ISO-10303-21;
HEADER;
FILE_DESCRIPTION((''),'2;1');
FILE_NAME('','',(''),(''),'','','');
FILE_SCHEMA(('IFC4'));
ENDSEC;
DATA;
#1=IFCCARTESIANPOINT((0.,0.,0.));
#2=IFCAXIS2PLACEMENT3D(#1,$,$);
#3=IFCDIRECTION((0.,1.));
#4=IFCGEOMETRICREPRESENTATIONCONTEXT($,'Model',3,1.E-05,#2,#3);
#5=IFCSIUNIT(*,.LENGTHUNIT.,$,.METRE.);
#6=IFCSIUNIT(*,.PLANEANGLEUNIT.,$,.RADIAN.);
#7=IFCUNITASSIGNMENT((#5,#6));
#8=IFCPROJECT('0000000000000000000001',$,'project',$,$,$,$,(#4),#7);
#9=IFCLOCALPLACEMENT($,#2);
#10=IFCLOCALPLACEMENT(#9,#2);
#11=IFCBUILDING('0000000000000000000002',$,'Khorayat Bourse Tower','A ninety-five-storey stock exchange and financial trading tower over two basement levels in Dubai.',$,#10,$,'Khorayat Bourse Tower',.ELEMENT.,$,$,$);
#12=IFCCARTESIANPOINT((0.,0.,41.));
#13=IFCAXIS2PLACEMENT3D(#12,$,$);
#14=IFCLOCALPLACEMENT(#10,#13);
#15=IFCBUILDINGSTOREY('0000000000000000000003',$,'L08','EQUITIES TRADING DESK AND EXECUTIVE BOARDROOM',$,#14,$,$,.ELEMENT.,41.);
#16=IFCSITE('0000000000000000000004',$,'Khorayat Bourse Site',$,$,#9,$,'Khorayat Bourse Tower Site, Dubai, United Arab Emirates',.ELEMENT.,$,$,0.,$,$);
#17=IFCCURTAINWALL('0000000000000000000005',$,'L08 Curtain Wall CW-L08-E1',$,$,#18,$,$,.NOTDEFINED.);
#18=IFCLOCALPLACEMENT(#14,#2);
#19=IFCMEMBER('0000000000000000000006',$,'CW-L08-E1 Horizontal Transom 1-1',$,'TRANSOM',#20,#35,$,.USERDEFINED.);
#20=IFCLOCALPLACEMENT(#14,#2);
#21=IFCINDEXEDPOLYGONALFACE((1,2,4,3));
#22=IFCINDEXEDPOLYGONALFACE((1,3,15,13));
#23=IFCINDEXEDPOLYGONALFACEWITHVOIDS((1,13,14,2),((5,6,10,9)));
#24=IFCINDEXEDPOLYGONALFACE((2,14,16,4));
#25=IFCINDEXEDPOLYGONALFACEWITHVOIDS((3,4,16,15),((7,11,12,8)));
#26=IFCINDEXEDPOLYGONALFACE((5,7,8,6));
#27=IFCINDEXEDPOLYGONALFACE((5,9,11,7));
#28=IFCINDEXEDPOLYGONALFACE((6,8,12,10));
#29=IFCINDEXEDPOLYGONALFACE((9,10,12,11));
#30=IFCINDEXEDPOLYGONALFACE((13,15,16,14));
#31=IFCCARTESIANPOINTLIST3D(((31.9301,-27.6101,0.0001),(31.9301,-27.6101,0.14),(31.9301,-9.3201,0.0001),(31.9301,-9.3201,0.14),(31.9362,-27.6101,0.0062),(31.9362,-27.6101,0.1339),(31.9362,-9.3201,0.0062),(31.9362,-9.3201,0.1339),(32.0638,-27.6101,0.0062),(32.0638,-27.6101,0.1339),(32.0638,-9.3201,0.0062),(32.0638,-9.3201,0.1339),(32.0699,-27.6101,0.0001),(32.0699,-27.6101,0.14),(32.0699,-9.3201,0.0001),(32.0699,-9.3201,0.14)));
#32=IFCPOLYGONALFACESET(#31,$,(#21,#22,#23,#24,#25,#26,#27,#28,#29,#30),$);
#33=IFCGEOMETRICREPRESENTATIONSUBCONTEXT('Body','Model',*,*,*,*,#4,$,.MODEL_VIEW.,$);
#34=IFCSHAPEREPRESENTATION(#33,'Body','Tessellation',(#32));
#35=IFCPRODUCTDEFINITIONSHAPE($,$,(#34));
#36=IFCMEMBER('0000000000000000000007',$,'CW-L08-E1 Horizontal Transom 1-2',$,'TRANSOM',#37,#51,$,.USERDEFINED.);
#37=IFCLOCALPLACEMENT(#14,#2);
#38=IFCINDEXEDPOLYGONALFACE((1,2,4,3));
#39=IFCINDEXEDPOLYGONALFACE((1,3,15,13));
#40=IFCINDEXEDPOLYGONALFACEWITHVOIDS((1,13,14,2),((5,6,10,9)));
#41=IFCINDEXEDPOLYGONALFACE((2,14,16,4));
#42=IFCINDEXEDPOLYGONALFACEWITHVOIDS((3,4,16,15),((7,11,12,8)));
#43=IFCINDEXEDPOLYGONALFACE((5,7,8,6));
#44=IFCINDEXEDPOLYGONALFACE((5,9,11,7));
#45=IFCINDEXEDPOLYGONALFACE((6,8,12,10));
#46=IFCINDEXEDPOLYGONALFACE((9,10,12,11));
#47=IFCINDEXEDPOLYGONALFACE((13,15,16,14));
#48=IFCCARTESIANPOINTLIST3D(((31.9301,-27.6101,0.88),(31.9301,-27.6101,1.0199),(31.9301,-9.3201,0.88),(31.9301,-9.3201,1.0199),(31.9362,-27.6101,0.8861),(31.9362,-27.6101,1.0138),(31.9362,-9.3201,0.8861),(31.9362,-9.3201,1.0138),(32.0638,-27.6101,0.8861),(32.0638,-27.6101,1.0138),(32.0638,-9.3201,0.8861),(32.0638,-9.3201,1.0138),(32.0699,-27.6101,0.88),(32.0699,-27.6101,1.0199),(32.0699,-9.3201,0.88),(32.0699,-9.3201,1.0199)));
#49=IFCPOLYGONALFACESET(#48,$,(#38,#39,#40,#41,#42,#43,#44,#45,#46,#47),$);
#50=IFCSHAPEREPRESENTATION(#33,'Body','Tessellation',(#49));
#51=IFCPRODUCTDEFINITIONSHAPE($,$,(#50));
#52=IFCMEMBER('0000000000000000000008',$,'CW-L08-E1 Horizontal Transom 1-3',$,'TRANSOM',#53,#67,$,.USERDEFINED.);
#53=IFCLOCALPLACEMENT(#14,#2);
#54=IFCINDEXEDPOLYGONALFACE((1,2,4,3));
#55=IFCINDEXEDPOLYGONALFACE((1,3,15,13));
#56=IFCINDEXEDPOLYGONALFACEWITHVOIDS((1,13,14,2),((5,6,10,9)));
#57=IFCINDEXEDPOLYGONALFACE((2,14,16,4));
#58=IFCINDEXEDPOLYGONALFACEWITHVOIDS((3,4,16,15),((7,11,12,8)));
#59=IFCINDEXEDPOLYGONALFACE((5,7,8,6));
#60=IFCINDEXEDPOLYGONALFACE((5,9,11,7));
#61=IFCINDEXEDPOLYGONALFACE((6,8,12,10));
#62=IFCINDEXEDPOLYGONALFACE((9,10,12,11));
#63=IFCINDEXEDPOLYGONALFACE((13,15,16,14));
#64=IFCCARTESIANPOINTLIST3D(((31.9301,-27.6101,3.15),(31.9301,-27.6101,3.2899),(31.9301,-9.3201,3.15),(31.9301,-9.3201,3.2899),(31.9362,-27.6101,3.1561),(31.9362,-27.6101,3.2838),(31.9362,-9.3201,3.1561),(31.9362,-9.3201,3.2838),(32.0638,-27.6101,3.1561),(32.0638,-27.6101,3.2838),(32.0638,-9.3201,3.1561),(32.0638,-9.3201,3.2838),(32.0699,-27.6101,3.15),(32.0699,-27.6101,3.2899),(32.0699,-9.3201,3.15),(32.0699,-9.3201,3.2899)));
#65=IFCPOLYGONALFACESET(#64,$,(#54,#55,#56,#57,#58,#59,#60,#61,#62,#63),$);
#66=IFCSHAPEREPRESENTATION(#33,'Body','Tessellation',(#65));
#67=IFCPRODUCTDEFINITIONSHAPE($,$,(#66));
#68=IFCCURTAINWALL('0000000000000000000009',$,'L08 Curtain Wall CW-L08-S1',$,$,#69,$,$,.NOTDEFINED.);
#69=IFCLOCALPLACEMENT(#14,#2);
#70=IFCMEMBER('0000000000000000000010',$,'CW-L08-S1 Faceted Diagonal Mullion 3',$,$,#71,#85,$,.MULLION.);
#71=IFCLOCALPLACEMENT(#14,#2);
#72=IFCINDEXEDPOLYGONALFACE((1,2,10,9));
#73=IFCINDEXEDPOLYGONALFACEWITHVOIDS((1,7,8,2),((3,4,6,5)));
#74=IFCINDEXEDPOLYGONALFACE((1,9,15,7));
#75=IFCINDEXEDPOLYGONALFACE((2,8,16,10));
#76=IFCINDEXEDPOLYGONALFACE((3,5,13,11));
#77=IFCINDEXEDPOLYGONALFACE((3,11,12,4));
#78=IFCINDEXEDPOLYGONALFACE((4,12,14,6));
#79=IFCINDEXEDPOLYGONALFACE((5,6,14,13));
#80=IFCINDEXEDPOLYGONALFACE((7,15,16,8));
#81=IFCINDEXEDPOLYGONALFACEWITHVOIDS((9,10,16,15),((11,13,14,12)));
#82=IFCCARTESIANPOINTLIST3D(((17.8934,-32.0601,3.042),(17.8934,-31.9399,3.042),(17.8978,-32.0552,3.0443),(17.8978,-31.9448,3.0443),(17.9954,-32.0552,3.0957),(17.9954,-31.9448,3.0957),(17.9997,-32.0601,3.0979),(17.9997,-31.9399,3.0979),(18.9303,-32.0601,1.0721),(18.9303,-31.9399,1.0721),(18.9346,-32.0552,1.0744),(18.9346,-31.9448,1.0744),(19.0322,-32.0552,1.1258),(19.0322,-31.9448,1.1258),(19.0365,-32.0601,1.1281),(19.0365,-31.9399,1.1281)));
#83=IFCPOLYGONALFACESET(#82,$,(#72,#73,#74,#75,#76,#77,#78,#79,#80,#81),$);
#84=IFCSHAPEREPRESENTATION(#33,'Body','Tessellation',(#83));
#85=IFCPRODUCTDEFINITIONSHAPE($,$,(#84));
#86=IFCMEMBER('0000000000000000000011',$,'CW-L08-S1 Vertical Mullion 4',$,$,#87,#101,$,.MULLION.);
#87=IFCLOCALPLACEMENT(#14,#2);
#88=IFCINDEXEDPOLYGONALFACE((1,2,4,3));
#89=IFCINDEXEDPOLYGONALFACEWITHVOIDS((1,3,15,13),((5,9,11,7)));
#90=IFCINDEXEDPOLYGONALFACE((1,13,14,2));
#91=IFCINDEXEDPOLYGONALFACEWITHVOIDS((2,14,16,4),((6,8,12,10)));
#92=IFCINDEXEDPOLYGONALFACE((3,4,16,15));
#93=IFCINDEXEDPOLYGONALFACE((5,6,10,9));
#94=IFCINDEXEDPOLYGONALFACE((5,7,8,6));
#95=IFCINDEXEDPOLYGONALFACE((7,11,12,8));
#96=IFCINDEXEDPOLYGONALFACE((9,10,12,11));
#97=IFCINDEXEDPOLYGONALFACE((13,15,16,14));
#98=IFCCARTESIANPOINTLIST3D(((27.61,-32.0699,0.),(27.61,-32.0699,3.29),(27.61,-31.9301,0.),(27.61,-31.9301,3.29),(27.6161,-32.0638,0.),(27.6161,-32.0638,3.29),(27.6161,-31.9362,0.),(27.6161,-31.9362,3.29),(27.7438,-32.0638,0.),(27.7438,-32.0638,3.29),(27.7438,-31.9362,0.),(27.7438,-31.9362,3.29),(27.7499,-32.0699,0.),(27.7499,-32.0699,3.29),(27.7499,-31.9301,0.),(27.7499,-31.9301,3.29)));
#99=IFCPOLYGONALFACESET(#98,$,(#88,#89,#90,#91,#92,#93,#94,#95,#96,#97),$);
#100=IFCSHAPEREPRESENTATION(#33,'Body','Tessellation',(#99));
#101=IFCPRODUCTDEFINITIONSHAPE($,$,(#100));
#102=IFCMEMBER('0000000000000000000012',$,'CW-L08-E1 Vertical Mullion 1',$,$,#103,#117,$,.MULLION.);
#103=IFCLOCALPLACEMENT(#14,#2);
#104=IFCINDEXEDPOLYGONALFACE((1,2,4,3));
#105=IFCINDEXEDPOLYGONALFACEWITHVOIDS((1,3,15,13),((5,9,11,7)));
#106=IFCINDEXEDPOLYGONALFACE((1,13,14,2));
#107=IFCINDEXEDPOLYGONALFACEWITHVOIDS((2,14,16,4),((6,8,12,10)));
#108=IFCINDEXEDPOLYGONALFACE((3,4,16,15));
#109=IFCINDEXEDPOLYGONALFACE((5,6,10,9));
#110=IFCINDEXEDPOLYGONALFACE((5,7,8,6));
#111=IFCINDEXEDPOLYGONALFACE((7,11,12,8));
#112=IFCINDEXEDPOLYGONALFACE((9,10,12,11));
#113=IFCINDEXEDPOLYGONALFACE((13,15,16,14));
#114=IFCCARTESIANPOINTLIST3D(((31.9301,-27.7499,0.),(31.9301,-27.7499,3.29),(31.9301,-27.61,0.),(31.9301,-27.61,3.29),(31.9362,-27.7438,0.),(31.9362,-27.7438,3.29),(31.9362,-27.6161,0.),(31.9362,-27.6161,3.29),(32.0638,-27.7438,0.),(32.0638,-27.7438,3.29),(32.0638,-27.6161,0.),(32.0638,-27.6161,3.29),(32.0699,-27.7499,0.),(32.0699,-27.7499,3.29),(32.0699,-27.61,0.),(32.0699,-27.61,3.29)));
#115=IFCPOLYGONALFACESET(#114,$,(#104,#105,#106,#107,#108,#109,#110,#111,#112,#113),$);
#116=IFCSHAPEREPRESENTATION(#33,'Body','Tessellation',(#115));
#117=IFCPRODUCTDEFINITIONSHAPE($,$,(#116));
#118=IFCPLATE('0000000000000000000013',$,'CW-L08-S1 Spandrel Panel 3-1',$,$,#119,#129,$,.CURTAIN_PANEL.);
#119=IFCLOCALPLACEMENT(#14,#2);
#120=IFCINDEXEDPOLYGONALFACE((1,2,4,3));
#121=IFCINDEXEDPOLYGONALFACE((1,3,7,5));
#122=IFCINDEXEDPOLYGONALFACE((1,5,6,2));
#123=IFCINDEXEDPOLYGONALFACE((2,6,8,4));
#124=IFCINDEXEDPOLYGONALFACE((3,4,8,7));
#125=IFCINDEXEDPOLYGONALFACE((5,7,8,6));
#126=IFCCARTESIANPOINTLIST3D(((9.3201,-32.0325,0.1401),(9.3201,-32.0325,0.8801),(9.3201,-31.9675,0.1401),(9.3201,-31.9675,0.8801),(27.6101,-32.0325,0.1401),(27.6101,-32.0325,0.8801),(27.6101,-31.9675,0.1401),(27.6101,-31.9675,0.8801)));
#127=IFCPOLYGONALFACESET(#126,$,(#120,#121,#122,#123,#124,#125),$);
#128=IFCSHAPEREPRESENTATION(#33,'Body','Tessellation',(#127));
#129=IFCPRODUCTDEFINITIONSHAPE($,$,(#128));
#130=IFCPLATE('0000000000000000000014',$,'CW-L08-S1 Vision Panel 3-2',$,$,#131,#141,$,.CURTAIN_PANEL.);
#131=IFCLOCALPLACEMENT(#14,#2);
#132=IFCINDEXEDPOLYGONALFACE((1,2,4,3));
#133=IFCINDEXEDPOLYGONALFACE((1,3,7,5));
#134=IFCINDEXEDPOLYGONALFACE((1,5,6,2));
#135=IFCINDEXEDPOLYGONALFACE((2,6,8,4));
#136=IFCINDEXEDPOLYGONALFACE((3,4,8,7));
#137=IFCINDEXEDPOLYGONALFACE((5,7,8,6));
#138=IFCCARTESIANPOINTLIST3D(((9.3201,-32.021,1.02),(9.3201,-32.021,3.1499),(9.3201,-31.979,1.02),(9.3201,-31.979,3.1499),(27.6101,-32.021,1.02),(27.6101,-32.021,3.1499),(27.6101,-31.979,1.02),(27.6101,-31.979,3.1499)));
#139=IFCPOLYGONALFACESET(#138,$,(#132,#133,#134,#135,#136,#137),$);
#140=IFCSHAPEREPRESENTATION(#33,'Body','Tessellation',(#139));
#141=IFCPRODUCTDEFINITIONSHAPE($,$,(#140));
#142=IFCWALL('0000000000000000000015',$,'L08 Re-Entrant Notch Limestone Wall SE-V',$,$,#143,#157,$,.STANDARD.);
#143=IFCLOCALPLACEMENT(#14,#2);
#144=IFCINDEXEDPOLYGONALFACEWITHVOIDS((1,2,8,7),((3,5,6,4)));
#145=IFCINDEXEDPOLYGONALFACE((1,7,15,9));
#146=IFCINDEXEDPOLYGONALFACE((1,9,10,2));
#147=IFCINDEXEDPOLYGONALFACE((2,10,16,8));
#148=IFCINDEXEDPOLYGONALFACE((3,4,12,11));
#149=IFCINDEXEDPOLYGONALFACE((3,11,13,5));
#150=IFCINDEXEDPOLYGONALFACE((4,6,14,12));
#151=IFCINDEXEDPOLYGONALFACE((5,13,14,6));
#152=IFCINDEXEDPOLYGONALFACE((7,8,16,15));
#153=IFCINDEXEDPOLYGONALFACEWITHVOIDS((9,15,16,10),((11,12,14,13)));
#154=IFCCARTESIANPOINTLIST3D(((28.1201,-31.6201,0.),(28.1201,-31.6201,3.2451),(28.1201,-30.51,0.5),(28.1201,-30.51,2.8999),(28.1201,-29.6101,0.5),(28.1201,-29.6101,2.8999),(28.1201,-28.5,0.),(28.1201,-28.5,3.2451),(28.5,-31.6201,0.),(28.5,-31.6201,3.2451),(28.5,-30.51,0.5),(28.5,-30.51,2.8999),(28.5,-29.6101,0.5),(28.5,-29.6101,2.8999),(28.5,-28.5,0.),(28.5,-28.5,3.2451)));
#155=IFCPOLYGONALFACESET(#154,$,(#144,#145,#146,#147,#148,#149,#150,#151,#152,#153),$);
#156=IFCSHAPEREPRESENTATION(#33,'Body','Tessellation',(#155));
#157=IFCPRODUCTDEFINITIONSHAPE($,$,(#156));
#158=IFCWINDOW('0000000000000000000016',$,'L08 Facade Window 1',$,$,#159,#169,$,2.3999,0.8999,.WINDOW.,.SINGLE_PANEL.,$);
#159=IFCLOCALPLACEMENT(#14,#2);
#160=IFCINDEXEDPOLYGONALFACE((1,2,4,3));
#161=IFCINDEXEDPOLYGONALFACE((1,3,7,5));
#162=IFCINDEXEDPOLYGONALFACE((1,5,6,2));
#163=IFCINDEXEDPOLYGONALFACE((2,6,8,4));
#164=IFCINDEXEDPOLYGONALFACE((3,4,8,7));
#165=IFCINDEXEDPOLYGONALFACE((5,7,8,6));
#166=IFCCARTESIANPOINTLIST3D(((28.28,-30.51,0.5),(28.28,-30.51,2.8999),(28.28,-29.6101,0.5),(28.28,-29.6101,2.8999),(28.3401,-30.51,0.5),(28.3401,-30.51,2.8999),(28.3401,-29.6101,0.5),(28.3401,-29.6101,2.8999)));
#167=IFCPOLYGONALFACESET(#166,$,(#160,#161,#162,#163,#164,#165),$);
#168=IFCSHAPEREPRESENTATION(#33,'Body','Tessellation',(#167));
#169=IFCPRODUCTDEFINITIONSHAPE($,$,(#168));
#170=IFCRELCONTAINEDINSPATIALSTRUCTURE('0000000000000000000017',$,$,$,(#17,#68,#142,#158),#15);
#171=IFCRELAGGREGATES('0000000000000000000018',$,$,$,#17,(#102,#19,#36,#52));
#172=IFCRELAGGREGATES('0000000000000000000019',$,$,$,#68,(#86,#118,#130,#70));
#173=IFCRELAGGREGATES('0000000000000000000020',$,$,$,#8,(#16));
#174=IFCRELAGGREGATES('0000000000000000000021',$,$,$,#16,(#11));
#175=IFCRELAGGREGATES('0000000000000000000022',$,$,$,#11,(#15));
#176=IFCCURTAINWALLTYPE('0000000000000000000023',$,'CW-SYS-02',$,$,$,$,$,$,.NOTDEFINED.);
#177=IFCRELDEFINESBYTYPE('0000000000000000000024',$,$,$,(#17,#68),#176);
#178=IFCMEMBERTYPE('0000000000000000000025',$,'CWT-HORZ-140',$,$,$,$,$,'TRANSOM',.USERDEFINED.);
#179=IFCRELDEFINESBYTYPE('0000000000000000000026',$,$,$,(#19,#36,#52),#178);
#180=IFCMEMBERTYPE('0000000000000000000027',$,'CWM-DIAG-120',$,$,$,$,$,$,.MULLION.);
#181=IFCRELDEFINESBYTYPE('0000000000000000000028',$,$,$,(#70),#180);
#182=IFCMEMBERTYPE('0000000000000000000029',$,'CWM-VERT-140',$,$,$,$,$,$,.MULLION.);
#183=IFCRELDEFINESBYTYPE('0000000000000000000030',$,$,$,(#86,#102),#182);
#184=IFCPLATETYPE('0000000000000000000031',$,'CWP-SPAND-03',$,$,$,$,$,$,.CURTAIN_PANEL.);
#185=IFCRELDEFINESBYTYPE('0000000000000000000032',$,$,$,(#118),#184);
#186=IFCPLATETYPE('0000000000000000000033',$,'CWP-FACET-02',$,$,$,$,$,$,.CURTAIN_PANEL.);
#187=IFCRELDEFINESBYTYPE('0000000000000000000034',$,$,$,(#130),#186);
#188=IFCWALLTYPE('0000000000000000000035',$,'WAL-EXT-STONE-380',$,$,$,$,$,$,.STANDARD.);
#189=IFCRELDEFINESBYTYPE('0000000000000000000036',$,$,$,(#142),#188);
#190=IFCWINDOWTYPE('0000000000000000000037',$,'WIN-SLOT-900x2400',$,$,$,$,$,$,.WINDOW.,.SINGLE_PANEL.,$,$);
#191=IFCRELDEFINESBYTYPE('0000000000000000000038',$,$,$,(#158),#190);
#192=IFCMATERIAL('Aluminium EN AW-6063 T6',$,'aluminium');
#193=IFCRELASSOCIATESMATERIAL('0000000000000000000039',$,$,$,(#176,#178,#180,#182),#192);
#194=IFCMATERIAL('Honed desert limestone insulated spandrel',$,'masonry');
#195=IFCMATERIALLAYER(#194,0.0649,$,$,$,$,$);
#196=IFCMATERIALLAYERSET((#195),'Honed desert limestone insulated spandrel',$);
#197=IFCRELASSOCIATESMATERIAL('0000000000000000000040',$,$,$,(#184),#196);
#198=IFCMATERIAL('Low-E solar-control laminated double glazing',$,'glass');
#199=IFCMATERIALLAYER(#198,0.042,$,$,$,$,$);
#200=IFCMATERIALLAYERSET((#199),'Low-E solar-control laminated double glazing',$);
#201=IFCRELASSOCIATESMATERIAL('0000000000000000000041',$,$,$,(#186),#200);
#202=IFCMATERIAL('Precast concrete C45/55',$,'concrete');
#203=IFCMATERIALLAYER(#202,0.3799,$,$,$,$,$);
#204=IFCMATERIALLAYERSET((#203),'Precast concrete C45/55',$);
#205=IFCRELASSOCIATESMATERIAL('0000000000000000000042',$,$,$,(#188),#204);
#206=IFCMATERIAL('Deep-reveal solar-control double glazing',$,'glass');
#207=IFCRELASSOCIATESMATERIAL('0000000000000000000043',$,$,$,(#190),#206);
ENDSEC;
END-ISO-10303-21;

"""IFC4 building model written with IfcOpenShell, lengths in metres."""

from ifc_helpers import new_model, si_unit, direction, frame, frame_2d, origin, origin_2d, place, context, subcontext, project, spatial, rectangle, hollow_rectangle, extrude, source, transform, mapped, material, layer, layer_set, material_profile, profile_set, type_object, element, fill, aggregate, save


model = new_model("IFC4")

# Units and contexts
model_context = context("Model", 3, precision=1e-05, world=origin(), true_north=direction((0.0, 1.0)))
body_context = subcontext(model_context, "Body", "Model", "MODEL_VIEW")
ifc_project = project(units=[si_unit("LENGTHUNIT", "METRE"), si_unit("PLANEANGLEUNIT", "RADIAN")], contexts=[model_context])

# Site, building, storey
site_placement = place(None, origin())
site = spatial("IfcSite", under=ifc_project, at=site_placement, Name="Khorayat Bourse Site", LongName="Khorayat Bourse Tower Site, Dubai, United Arab Emirates", CompositionType="ELEMENT", RefElevation=0.0)
building_placement = place(site_placement, origin())
building = spatial("IfcBuilding", under=site, at=building_placement, Name="Khorayat Bourse Tower", Description="A ninety-five-storey stock exchange and financial trading tower over two basement levels in Dubai.", LongName="Khorayat Bourse Tower", CompositionType="ELEMENT")
storey_placement = place(building_placement, frame((0.0, 0.0, 41.0)))
storey = spatial("IfcBuildingStorey", under=building, at=storey_placement, Name="L08", Description="EQUITIES TRADING DESK AND EXECUTIVE BOARDROOM", CompositionType="ELEMENT", Elevation=41.0)

# Curtain walls, members
ifc_material_1 = material(Name="Aluminium EN AW-6063 T6", Category="aluminium")
curtain_wall_type = type_object("IfcCurtainWallType", Name="CW-SYS-02", PredefinedType="NOTDEFINED", material=ifc_material_1)
curtain_wall_1_placement = place(storey_placement, origin())
curtain_wall_1 = element("IfcCurtainWall", 1, at=curtain_wall_1_placement, inside=storey, type_object=curtain_wall_type, Name="L08 Curtain Wall CW-L08-E1", PredefinedType="NOTDEFINED")
ifc_material_profile_1 = material_profile(ifc_material_1, hollow_rectangle(XDim=0.1399, YDim=0.1399, WallThickness=0.0061, at=origin_2d()), Name="ALU 140x140x6")
ifc_profile_set_1 = profile_set([ifc_material_profile_1], Name="Aluminium EN AW-6063 T6")
member_type_1 = type_object("IfcMemberType", Name="CWT-HORZ-140", ElementType="TRANSOM", PredefinedType="USERDEFINED", material=ifc_profile_set_1)
shared_shape_1 = source(origin(), body_context, "Body", "SweptSolid", [
    extrude(hollow_rectangle(XDim=0.1399, YDim=0.1399, WallThickness=0.0061, at=origin_2d()), origin(), (0.0, 0.0, 1.0), 18.29),
])
member_1_placement = place(storey_placement, frame((32.0, -27.6101, 0.0701), z_axis=(0.0, 1.0, 0.0), x_axis=(-1.0, 0.0, 0.0)))
member_1 = element("IfcMember", 2, at=member_1_placement, type_object=member_type_1, Name="CW-L08-E1 Horizontal Transom 1-1", ObjectType="TRANSOM", PredefinedType="USERDEFINED", context=body_context, shape_type="MappedRepresentation", body=[
    mapped(shared_shape_1, transform((0.0, 0.0, 0.0), scale=1.0)),
])
member_2_placement = place(storey_placement, frame((32.0, -27.6101, 0.95), z_axis=(0.0, 1.0, 0.0), x_axis=(-1.0, 0.0, 0.0)))
member_2 = element("IfcMember", 3, at=member_2_placement, type_object=member_type_1, Name="CW-L08-E1 Horizontal Transom 1-2", ObjectType="TRANSOM", PredefinedType="USERDEFINED", context=body_context, shape_type="MappedRepresentation", body=[
    mapped(shared_shape_1, transform((0.0, 0.0, 0.0), scale=1.0)),
])
member_3_placement = place(storey_placement, frame((32.0, -27.6101, 3.22), z_axis=(0.0, 1.0, 0.0), x_axis=(-1.0, 0.0, 0.0)))
member_3 = element("IfcMember", 4, at=member_3_placement, type_object=member_type_1, Name="CW-L08-E1 Horizontal Transom 1-3", ObjectType="TRANSOM", PredefinedType="USERDEFINED", context=body_context, shape_type="MappedRepresentation", body=[
    mapped(shared_shape_1, transform((0.0, 0.0, 0.0), scale=1.0)),
])
curtain_wall_2_placement = place(storey_placement, origin())
curtain_wall_2 = element("IfcCurtainWall", 5, at=curtain_wall_2_placement, inside=storey, type_object=curtain_wall_type, Name="L08 Curtain Wall CW-L08-S1", PredefinedType="NOTDEFINED")
ifc_material_profile_2 = material_profile(ifc_material_1, hollow_rectangle(XDim=0.1201, YDim=0.1201, WallThickness=0.0049, at=origin_2d()), Name="ALU 120x120x5")
ifc_profile_set_2 = profile_set([ifc_material_profile_2], Name="Aluminium EN AW-6063 T6")
member_type_2 = type_object("IfcMemberType", Name="CWM-DIAG-120", PredefinedType="MULLION", material=ifc_profile_set_2)
shared_shape_2 = source(origin(), body_context, "Body", "SweptSolid", [
    extrude(hollow_rectangle(XDim=0.1201, YDim=0.1201, WallThickness=0.0049, at=origin_2d()), origin(), (0.0, 0.0, 1.0), 2.2261),
])
member_4_placement = place(storey_placement, frame((18.9834, -32.0, 1.1001), z_axis=(-0.46576, 0.0, 0.884911), x_axis=(0.0, -1.0, 0.0)))
member_4 = element("IfcMember", 6, at=member_4_placement, type_object=member_type_2, Name="CW-L08-S1 Faceted Diagonal Mullion 3", PredefinedType="MULLION", context=body_context, shape_type="MappedRepresentation", body=[
    mapped(shared_shape_2, transform((0.0, 0.0, 0.0), scale=1.0)),
])
ifc_material_profile_3 = material_profile(ifc_material_1, hollow_rectangle(XDim=0.1399, YDim=0.1399, WallThickness=0.0061, at=origin_2d()), Name="ALU 140x140x6")
ifc_profile_set_3 = profile_set([ifc_material_profile_3], Name="Aluminium EN AW-6063 T6")
member_type_3 = type_object("IfcMemberType", Name="CWM-VERT-140", PredefinedType="MULLION", material=ifc_profile_set_3)
shared_shape_3 = source(origin(), body_context, "Body", "SweptSolid", [
    extrude(hollow_rectangle(XDim=0.1399, YDim=0.1399, WallThickness=0.0061, at=origin_2d()), origin(), (0.0, 0.0, 1.0), 3.29),
])
member_5_placement = place(storey_placement, frame((27.6799, -32.0, 0.0), z_axis=(0.0, 0.0, 1.0), x_axis=(0.0, 1.0, 0.0)))
member_5 = element("IfcMember", 7, at=member_5_placement, type_object=member_type_3, Name="CW-L08-S1 Vertical Mullion 4", PredefinedType="MULLION", context=body_context, shape_type="MappedRepresentation", body=[
    mapped(shared_shape_3, transform((0.0, 0.0, 0.0), scale=1.0)),
])

# Member
member_6_placement = place(storey_placement, frame((32.0, -27.6799, 0.0), z_axis=(0.0, 0.0, 1.0), x_axis=(-1.0, 0.0, 0.0)))
member_6 = element("IfcMember", 8, at=member_6_placement, type_object=member_type_3, Name="CW-L08-E1 Vertical Mullion 1", PredefinedType="MULLION", context=body_context, shape_type="MappedRepresentation", body=[
    mapped(shared_shape_3, transform((0.0, 0.0, 0.0), scale=1.0)),
])
aggregate(curtain_wall_1, [member_6, member_1, member_2, member_3])

# Plates
ifc_material_2 = material(Name="Honed desert limestone insulated spandrel", Category="masonry")
ifc_layer_1 = layer(ifc_material_2, 0.0649)
ifc_layer_set_1 = layer_set([ifc_layer_1], Name="Honed desert limestone insulated spandrel")
plate_type_1 = type_object("IfcPlateType", Name="CWP-SPAND-03", PredefinedType="CURTAIN_PANEL", material=ifc_layer_set_1)
shared_shape_4 = source(origin(), body_context, "Body", "SweptSolid", [
    extrude(rectangle(XDim=18.29, YDim=0.0649, at=origin_2d()), origin(), (0.0, 0.0, 1.0), 0.74),
])
plate_1_placement = place(storey_placement, frame((18.4651, -32.0, 0.1401), z_axis=(0.0, 0.0, 1.0), x_axis=(1.0, 0.0, 0.0)))
plate_1 = element("IfcPlate", 9, at=plate_1_placement, type_object=plate_type_1, Name="CW-L08-S1 Spandrel Panel 3-1", PredefinedType="CURTAIN_PANEL", context=body_context, shape_type="MappedRepresentation", body=[
    mapped(shared_shape_4, transform((0.0, 0.0, 0.0), scale=1.0)),
])
ifc_material_3 = material(Name="Low-E solar-control laminated double glazing", Category="glass")
ifc_layer_2 = layer(ifc_material_3, 0.042)
ifc_layer_set_2 = layer_set([ifc_layer_2], Name="Low-E solar-control laminated double glazing")
plate_type_2 = type_object("IfcPlateType", Name="CWP-FACET-02", PredefinedType="CURTAIN_PANEL", material=ifc_layer_set_2)
shared_shape_5 = source(origin(), body_context, "Body", "SweptSolid", [
    extrude(rectangle(XDim=18.29, YDim=0.042, at=origin_2d()), origin(), (0.0, 0.0, 1.0), 2.1299),
])
plate_2_placement = place(storey_placement, frame((18.4651, -32.0, 1.02), z_axis=(0.0, 0.0, 1.0), x_axis=(1.0, 0.0, 0.0)))
plate_2 = element("IfcPlate", 10, at=plate_2_placement, type_object=plate_type_2, Name="CW-L08-S1 Vision Panel 3-2", PredefinedType="CURTAIN_PANEL", context=body_context, shape_type="MappedRepresentation", body=[
    mapped(shared_shape_5, transform((0.0, 0.0, 0.0), scale=1.0)),
])
aggregate(curtain_wall_2, [member_5, plate_1, plate_2, member_4])

# Wall, opening, window
ifc_material_4 = material(Name="Precast concrete C45/55", Category="concrete")
ifc_layer_3 = layer(ifc_material_4, 0.3799)
ifc_layer_set_3 = layer_set([ifc_layer_3], Name="Precast concrete C45/55")
wall_type_1 = type_object("IfcWallType", Name="WAL-EXT-STONE-380", PredefinedType="STANDARD", material=ifc_layer_set_3)
shared_shape_6 = source(origin(), body_context, "Body", "SweptSolid", [
    extrude(rectangle(XDim=3.1201, YDim=0.3799, at=frame_2d((1.5601, 0.0))), origin(), (0.0, 0.0, 1.0), 3.2451),
])
wall_1_placement = place(storey_placement, frame((28.3101, -31.6201, 0.0), z_axis=(0.0, 0.0, 1.0), x_axis=(0.0, 1.0, 0.0)))
wall_1 = element("IfcWall", 11, at=wall_1_placement, inside=storey, type_object=wall_type_1, Name="L08 Re-Entrant Notch Limestone Wall SE-V", PredefinedType="STANDARD", context=body_context, shape_type="MappedRepresentation", body=[
    mapped(shared_shape_6, transform((0.0, 0.0, 0.0), scale=1.0)),
])
shared_shape_7 = source(origin(), body_context, "Body", "SweptSolid", [
    extrude(rectangle(XDim=0.8999, YDim=2.3999, at=frame_2d((0.45, 1.2))), frame((0.0, 0.2, 0.0), z_axis=(0.0, -1.0, 0.0), x_axis=(1.0, 0.0, 0.0)), (0.0, 0.0, 1.0), 0.3999),
])
opening_1_placement = place(wall_1_placement, frame((1.1101, 0.0, 0.5)))
opening_1 = element("IfcOpeningElement", 12, at=opening_1_placement, cuts=wall_1, PredefinedType="OPENING", context=body_context, shape_type="MappedRepresentation", body=[
    mapped(shared_shape_7, transform((0.0, 0.0, 0.0), scale=1.0)),
])
ifc_material_5 = material(Name="Deep-reveal solar-control double glazing", Category="glass")
window_type = type_object("IfcWindowType", Name="WIN-SLOT-900x2400", PartitioningType="SINGLE_PANEL", PredefinedType="WINDOW", material=ifc_material_5)
shared_shape_8 = source(origin(), body_context, "Body", "SweptSolid", [
    extrude(rectangle(XDim=0.8999, YDim=2.3999, at=frame_2d((0.45, 1.2))), frame((0.0, 0.03, 0.0), z_axis=(0.0, -1.0, 0.0), x_axis=(1.0, 0.0, 0.0)), (0.0, 0.0, 1.0), 0.0601),
])
window_1_placement = place(opening_1_placement, origin())
window_1 = element("IfcWindow", 13, at=window_1_placement, inside=storey, type_object=window_type, Name="L08 Facade Window 1", OverallHeight=2.3999, OverallWidth=0.8999, PartitioningType="SINGLE_PANEL", PredefinedType="WINDOW", context=body_context, shape_type="MappedRepresentation", body=[
    mapped(shared_shape_8, transform((0.0, 0.0, 0.0), scale=1.0)),
])
fill(opening_1, window_1)

save(model, "model.ifc")
